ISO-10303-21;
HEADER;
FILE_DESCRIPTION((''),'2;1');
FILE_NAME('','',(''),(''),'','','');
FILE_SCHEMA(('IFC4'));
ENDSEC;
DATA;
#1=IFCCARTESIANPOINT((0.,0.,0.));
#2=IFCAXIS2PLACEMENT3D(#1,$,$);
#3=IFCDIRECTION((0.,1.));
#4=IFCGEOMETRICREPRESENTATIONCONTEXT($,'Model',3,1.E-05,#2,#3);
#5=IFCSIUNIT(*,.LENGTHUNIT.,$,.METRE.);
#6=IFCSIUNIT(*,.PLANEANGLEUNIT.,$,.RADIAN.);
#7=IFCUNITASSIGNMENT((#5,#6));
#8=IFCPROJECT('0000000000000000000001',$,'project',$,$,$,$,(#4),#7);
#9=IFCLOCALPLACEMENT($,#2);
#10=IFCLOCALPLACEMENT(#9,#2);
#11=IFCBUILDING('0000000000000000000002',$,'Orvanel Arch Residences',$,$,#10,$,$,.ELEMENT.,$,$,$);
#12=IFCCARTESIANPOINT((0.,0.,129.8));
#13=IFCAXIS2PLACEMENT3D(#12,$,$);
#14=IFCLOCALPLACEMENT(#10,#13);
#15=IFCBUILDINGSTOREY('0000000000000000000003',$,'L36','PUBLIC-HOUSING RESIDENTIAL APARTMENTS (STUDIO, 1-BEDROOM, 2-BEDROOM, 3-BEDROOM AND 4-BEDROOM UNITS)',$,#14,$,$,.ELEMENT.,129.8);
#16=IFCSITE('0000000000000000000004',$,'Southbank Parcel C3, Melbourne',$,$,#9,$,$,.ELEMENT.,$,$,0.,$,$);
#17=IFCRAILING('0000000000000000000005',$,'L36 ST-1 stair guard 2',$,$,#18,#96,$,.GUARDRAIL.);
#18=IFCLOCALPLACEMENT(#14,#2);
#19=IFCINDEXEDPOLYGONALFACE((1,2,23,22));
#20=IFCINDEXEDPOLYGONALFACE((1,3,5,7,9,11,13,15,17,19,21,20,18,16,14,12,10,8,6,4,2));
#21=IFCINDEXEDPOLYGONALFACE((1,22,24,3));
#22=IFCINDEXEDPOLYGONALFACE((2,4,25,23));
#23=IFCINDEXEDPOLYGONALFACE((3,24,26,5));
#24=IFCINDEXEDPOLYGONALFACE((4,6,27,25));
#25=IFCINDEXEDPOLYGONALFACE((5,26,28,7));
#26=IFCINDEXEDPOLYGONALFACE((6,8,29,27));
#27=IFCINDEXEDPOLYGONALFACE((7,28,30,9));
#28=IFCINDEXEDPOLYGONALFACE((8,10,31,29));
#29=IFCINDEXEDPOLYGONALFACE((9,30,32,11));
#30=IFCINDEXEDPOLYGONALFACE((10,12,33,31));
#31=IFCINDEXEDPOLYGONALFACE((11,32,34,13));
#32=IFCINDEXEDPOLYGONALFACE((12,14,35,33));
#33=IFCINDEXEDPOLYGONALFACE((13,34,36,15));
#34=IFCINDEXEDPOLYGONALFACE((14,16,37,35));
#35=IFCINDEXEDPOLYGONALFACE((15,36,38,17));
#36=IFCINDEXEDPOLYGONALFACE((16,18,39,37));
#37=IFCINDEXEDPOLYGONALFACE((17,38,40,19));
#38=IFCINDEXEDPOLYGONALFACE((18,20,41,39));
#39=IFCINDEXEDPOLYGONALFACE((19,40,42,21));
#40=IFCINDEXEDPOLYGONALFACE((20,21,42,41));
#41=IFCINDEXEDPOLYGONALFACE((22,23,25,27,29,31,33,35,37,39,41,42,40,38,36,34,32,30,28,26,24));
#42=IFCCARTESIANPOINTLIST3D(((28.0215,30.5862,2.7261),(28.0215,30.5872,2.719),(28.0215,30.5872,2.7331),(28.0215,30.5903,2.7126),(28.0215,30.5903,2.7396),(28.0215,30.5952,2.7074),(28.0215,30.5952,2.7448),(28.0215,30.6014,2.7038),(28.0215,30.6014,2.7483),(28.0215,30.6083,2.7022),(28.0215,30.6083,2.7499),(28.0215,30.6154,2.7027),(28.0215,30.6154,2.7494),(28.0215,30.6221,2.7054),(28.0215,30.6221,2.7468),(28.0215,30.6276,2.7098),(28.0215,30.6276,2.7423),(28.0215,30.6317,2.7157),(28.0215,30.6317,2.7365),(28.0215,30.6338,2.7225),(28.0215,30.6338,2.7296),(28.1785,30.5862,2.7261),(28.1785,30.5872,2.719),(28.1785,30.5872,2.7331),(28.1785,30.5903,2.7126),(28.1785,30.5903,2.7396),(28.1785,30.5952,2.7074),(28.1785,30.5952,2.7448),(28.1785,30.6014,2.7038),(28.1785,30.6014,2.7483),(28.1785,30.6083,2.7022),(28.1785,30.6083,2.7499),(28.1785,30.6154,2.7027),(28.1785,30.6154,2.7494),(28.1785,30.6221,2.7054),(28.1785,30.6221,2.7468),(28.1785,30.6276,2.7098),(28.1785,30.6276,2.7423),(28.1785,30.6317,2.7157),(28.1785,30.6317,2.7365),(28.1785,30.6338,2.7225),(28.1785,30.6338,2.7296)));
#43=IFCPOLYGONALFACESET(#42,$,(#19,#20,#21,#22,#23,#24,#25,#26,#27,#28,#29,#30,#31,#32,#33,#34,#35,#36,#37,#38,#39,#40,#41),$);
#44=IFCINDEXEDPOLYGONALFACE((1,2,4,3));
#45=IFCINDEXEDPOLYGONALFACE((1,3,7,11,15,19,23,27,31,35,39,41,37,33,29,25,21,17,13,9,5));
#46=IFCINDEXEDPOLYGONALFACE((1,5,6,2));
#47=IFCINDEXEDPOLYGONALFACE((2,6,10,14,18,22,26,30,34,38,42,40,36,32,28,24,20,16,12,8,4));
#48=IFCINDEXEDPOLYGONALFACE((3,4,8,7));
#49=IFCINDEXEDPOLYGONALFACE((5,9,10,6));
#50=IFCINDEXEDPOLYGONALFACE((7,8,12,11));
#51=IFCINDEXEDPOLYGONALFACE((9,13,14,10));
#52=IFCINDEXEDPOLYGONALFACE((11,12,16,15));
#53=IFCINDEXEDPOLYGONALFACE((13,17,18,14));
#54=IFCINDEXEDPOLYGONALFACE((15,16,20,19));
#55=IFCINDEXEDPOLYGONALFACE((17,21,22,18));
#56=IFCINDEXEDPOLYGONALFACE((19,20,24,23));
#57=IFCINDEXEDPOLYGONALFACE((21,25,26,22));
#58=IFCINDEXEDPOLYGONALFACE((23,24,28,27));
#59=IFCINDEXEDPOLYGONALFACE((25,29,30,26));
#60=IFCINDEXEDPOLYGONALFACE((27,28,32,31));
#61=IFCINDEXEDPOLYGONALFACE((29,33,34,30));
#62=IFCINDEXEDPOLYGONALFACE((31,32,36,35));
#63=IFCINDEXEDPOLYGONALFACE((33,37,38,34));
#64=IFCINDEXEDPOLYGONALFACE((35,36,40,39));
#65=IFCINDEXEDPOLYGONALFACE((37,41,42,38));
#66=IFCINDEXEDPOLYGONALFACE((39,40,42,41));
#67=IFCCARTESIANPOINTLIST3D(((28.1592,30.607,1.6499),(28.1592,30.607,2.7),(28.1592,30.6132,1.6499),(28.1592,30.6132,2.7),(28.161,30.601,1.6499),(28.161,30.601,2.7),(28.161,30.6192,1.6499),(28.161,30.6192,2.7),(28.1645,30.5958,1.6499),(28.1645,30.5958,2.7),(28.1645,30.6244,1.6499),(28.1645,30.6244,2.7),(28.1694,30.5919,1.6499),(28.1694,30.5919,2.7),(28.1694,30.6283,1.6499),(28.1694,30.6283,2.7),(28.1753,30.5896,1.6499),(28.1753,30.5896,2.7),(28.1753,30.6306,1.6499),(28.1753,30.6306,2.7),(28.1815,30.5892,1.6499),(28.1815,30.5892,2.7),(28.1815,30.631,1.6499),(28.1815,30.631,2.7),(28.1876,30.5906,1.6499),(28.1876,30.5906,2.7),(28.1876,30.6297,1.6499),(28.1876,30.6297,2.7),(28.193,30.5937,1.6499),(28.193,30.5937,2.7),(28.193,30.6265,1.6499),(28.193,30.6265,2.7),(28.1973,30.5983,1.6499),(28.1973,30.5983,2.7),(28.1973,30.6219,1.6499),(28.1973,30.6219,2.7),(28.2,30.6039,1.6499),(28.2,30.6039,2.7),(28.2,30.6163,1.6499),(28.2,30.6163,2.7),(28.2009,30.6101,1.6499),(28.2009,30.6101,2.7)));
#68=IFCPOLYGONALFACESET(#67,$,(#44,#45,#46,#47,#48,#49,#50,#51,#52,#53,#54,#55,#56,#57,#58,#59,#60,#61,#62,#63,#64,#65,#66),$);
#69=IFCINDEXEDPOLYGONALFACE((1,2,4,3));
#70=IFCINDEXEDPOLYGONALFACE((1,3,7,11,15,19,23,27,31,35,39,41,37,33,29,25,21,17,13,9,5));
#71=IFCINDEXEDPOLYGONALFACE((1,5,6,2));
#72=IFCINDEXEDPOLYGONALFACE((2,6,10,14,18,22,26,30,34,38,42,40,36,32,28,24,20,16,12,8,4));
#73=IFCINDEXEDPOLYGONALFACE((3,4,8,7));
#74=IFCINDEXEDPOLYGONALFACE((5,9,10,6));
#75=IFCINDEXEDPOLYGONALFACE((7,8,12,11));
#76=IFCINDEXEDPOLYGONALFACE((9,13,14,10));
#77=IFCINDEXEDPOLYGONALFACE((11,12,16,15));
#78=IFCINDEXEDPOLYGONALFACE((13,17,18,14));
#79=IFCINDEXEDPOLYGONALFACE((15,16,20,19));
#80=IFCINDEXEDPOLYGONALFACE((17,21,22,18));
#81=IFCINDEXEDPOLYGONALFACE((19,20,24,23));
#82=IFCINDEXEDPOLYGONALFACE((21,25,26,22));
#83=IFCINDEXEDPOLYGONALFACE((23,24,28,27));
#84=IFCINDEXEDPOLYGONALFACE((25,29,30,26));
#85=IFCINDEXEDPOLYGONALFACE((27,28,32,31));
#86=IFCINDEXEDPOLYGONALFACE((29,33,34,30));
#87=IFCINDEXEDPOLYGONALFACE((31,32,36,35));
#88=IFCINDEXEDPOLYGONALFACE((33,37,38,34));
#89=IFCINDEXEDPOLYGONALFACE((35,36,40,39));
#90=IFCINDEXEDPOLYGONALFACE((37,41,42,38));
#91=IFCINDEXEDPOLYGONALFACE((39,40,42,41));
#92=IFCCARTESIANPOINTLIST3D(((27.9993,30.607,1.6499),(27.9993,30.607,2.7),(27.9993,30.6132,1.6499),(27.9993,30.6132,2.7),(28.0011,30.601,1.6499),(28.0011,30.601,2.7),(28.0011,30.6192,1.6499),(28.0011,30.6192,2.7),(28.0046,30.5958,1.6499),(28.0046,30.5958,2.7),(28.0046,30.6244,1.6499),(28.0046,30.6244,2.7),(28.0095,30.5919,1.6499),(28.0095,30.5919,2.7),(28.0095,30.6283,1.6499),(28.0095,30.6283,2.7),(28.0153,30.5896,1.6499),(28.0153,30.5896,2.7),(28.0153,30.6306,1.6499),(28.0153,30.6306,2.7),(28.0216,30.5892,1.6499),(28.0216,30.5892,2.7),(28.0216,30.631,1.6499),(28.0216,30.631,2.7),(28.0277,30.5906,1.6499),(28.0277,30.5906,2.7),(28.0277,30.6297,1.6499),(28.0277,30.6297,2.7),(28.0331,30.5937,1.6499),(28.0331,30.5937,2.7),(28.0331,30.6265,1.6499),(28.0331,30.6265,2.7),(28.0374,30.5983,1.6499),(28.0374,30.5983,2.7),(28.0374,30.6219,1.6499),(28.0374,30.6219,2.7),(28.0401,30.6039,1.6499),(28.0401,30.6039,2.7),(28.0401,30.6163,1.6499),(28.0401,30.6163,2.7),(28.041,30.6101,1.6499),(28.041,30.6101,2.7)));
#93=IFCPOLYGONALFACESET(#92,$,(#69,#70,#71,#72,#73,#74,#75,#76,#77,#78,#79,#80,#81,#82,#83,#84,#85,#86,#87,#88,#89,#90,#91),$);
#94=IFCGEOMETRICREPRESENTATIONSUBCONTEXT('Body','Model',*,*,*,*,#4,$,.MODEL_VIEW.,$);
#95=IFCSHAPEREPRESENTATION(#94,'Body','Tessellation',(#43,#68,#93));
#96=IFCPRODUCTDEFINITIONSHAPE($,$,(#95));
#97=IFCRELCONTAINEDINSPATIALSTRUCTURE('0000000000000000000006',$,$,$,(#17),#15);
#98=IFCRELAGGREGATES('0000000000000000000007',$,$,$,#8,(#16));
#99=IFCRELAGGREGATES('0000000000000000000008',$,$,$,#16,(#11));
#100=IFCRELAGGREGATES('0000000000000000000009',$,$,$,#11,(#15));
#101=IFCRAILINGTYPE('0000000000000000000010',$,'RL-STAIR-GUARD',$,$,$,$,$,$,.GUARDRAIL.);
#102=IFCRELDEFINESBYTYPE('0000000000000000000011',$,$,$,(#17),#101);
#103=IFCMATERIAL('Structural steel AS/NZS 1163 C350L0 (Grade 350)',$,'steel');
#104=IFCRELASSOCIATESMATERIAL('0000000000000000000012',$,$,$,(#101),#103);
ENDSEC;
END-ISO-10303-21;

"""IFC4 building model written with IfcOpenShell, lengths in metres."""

from ifc_helpers import new_model, si_unit, direction, frame, origin, origin_2d, place, context, subcontext, project, spatial, circle, extrude, material, type_object, element, save


model = new_model("IFC4")

# Units and contexts
model_context = context("Model", 3, precision=1e-05, world=origin(), true_north=direction((0.0, 1.0)))
body_context = subcontext(model_context, "Body", "Model", "MODEL_VIEW")
ifc_project = project(units=[si_unit("LENGTHUNIT", "METRE"), si_unit("PLANEANGLEUNIT", "RADIAN")], contexts=[model_context])

# Site, building, storey
site_placement = place(None, origin())
site = spatial("IfcSite", under=ifc_project, at=site_placement, Name="Southbank Parcel C3, Melbourne", CompositionType="ELEMENT", RefElevation=0.0)
building_placement = place(site_placement, origin())
building = spatial("IfcBuilding", under=site, at=building_placement, Name="Orvanel Arch Residences", CompositionType="ELEMENT")
storey_placement = place(building_placement, frame((0.0, 0.0, 129.8)))
storey = spatial("IfcBuildingStorey", under=building, at=storey_placement, Name="L36", Description="PUBLIC-HOUSING RESIDENTIAL APARTMENTS (STUDIO, 1-BEDROOM, 2-BEDROOM, 3-BEDROOM AND 4-BEDROOM UNITS)", CompositionType="ELEMENT", Elevation=129.8)

# Railing
ifc_material_1 = material(Name="Structural steel AS/NZS 1163 C350L0 (Grade 350)", Category="steel")
railing_type_1 = type_object("IfcRailingType", Name="RL-STAIR-GUARD", PredefinedType="GUARDRAIL", material=ifc_material_1)
railing_1_placement = place(storey_placement, frame((28.1799, 30.6101, 1.6499)))
element("IfcRailing", 1, at=railing_1_placement, inside=storey, type_object=railing_type_1, Name="L36 ST-1 stair guard 2", PredefinedType="GUARDRAIL", context=body_context, shape_type="SweptSolid", body=[
    extrude(circle(Radius=0.0239, at=origin_2d()), frame((-0.0015, 0.0, 1.0762), z_axis=(-1.0, 0.0, 0.0), x_axis=(0.0, -1.0, 0.0)), (0.0, 0.0, 1.0), 0.157),
    extrude(circle(Radius=0.021, at=origin_2d()), origin(), (0.0, 0.0, 1.0), 1.05),
    extrude(circle(Radius=0.021, at=origin_2d()), frame((-0.1599, 0.0, 0.0)), (0.0, 0.0, 1.0), 1.05),
])

save(model, "model.ifc")
